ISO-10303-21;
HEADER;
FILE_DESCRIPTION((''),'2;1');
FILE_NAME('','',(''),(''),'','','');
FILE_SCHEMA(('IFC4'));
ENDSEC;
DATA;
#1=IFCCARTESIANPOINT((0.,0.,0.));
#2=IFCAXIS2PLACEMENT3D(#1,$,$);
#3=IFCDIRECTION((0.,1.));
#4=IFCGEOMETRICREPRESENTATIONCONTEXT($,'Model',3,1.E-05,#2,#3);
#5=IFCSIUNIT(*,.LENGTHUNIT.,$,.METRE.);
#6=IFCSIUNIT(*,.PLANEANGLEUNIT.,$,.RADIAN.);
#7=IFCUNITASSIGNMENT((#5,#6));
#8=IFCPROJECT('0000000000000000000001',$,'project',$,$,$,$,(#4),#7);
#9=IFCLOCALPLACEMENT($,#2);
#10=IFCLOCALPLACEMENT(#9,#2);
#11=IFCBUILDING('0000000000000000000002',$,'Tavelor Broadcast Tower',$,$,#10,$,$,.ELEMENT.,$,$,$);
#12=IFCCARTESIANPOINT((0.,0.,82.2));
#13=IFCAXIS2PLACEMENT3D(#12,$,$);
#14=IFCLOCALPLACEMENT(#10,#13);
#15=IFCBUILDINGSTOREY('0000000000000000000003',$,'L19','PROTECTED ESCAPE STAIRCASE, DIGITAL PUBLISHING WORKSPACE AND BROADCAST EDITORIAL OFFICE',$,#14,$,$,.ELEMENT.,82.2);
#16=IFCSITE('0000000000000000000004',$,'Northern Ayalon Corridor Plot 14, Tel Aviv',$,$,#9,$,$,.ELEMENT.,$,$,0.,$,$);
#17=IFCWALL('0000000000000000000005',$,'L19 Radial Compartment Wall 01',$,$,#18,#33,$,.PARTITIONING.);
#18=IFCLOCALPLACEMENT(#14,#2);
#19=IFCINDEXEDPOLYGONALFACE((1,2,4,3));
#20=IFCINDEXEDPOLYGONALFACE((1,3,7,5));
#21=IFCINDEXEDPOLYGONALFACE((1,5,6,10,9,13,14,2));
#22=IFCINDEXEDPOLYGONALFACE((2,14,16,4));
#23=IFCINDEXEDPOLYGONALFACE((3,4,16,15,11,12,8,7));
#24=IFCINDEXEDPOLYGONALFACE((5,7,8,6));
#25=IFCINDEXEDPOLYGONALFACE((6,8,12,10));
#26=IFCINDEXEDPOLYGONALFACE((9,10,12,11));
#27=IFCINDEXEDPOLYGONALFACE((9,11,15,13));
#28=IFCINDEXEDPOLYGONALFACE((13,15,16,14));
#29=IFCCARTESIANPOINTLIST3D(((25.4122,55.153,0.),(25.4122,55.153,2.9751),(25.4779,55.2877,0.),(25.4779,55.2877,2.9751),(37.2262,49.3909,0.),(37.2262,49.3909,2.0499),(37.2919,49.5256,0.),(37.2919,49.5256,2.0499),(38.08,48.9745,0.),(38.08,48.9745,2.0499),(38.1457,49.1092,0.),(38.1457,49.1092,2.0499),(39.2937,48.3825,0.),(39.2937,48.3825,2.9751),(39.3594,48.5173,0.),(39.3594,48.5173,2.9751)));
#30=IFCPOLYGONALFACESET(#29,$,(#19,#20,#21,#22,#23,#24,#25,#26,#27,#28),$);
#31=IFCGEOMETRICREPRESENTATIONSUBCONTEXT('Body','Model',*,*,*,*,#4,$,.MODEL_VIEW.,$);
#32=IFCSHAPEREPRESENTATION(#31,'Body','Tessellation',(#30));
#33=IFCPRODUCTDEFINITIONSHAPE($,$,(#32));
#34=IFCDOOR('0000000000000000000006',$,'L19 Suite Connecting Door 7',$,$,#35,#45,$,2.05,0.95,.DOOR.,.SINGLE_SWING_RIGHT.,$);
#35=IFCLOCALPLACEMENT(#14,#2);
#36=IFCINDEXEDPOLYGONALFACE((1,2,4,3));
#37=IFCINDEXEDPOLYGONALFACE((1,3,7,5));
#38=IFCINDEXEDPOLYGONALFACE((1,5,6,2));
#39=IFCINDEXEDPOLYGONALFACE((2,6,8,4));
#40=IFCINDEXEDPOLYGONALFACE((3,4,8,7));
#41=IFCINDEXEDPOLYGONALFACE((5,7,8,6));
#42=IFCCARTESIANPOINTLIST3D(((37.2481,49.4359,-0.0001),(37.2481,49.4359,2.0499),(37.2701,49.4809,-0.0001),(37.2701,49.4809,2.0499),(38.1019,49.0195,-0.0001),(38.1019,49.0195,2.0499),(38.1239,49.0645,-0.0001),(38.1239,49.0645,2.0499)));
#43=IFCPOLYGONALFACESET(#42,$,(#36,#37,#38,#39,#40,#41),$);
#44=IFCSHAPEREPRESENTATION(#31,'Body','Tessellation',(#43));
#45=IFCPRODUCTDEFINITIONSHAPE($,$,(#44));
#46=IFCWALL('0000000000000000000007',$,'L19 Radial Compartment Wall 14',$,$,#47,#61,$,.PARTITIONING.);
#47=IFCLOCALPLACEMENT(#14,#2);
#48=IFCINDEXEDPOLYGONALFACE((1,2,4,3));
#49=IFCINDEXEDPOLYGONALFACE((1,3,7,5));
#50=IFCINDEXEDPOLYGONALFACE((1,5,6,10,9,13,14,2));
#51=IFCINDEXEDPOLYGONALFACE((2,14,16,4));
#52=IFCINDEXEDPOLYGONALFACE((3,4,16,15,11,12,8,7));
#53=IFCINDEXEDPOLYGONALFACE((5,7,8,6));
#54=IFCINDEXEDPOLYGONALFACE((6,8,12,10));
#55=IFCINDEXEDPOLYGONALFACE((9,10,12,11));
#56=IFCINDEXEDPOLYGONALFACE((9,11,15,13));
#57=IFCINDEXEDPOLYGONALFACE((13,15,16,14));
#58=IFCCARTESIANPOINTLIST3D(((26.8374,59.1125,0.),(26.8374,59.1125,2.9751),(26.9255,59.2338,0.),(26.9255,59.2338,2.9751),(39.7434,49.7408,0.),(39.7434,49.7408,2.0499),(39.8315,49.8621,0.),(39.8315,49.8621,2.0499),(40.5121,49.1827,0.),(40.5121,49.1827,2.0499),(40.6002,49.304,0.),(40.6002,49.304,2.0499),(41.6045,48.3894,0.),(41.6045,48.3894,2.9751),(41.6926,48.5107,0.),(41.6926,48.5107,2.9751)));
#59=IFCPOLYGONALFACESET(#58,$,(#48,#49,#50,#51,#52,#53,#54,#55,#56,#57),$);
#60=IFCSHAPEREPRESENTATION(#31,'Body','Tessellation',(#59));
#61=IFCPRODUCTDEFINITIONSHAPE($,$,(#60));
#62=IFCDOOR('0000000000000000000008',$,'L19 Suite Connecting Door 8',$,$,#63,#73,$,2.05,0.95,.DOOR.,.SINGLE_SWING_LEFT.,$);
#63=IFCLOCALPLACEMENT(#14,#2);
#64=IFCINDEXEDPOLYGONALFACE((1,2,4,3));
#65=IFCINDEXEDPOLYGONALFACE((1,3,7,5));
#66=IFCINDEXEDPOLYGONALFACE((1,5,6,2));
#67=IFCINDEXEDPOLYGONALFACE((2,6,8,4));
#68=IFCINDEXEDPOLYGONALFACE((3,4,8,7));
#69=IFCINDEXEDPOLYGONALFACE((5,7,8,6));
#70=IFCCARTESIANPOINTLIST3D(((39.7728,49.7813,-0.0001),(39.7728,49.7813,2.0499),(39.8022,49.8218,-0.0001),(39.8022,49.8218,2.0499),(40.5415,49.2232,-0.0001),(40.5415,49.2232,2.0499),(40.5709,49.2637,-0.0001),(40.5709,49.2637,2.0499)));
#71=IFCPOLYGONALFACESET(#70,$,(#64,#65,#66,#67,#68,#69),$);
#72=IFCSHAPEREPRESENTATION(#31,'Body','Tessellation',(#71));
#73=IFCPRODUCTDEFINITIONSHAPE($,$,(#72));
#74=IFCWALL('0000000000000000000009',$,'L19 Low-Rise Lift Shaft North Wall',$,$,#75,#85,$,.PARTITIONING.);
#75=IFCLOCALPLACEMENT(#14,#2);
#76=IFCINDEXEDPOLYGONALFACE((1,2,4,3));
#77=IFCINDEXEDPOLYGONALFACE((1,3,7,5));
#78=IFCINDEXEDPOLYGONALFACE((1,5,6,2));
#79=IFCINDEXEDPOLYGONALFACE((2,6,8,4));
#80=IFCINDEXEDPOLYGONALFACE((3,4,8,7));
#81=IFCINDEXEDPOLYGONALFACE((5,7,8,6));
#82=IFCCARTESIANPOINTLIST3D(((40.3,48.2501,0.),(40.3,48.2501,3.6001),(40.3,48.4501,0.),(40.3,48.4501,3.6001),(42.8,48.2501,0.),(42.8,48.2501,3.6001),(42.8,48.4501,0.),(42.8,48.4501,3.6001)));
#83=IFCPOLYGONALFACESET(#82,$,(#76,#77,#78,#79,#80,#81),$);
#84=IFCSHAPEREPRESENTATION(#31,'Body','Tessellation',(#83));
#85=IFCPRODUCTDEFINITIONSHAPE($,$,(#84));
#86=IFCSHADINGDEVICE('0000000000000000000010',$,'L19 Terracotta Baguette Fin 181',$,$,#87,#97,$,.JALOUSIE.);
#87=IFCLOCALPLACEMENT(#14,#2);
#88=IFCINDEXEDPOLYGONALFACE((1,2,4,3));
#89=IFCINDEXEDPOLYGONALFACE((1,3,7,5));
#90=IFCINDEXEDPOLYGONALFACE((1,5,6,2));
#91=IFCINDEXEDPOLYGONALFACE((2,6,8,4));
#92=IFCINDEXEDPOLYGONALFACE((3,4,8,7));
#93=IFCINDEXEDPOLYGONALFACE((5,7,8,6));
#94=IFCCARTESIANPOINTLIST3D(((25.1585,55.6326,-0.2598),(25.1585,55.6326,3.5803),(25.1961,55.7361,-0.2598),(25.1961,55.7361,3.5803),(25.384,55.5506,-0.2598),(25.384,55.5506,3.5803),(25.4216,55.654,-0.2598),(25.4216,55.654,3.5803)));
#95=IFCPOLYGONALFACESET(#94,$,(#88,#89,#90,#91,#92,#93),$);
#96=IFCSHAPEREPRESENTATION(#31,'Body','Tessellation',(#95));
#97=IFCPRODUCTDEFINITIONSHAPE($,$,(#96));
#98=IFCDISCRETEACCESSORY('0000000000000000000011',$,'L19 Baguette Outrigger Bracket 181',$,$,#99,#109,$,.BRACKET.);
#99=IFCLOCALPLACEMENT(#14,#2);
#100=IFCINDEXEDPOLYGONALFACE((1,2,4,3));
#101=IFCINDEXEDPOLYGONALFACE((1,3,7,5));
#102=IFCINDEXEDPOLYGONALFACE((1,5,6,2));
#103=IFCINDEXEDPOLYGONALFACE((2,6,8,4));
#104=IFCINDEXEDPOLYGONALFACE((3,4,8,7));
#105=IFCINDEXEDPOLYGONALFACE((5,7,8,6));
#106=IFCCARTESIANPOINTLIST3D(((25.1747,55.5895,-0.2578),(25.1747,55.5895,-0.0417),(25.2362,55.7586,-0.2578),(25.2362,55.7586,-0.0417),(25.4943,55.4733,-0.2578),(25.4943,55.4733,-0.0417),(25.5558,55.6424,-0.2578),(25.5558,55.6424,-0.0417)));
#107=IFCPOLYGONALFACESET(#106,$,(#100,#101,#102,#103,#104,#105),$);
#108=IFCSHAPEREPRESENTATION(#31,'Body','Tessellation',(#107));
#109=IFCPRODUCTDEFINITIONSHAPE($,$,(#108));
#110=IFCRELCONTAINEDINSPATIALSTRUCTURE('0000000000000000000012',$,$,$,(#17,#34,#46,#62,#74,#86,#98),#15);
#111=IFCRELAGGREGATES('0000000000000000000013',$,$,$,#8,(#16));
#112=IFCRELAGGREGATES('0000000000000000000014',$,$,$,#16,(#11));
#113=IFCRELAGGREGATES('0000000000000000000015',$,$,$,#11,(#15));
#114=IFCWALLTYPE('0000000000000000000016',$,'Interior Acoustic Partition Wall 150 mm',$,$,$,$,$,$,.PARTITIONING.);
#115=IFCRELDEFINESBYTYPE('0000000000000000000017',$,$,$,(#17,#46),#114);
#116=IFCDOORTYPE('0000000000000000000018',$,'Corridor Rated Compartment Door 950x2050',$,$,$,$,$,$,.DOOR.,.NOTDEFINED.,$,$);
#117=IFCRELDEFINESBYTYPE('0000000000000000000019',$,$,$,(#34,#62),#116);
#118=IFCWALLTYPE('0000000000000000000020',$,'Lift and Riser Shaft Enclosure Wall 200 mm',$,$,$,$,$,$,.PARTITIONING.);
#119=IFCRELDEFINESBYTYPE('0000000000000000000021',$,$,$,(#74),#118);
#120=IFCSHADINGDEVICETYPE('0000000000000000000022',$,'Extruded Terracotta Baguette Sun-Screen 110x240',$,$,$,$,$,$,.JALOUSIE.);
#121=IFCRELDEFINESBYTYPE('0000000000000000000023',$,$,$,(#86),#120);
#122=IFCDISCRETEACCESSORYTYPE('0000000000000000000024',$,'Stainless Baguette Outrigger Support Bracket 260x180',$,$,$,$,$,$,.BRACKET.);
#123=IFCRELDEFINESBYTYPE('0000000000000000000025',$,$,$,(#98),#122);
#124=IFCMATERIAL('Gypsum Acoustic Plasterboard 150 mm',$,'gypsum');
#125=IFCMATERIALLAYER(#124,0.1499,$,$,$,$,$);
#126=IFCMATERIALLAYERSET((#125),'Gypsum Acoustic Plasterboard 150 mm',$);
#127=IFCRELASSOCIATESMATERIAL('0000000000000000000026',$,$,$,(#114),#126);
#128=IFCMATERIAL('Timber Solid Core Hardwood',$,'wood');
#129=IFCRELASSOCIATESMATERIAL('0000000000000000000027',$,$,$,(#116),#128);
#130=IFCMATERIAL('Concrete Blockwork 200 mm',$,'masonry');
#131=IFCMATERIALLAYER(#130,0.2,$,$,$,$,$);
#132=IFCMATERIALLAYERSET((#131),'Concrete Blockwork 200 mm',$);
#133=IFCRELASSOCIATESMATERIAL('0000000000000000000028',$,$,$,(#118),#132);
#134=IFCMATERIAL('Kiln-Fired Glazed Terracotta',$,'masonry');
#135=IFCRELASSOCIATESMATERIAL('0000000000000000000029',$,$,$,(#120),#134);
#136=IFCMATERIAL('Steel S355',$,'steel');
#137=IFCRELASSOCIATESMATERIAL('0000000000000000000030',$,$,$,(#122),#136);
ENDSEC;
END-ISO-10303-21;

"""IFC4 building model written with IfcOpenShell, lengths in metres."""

from ifc_helpers import new_model, si_unit, direction, frame, frame_2d, origin, origin_2d, place, context, subcontext, project, spatial, rectangle, extrude, source, transform, mapped, material, layer, layer_set, type_object, type_shapes, element, fill, save


model = new_model("IFC4")

# Units and contexts
model_context = context("Model", 3, precision=1e-05, world=origin(), true_north=direction((0.0, 1.0)))
body_context = subcontext(model_context, "Body", "Model", "MODEL_VIEW")
ifc_project = project(units=[si_unit("LENGTHUNIT", "METRE"), si_unit("PLANEANGLEUNIT", "RADIAN")], contexts=[model_context])

# Site, building, storey
site_placement = place(None, origin())
site = spatial("IfcSite", under=ifc_project, at=site_placement, Name="Northern Ayalon Corridor Plot 14, Tel Aviv", CompositionType="ELEMENT", RefElevation=0.0)
building_placement = place(site_placement, origin())
building = spatial("IfcBuilding", under=site, at=building_placement, Name="Tavelor Broadcast Tower", CompositionType="ELEMENT")
storey_placement = place(building_placement, frame((0.0, 0.0, 82.2)))
storey = spatial("IfcBuildingStorey", under=building, at=storey_placement, Name="L19", Description="PROTECTED ESCAPE STAIRCASE, DIGITAL PUBLISHING WORKSPACE AND BROADCAST EDITORIAL OFFICE", CompositionType="ELEMENT", Elevation=82.2)

# Shared definitions
ifc_material_1 = material(Name="Steel S355", Category="steel")

# Walls, openings, doors
ifc_material_2 = material(Name="Gypsum Acoustic Plasterboard 150 mm", Category="gypsum")
ifc_layer_1 = layer(ifc_material_2, 0.1499)
ifc_layer_set_1 = layer_set([ifc_layer_1], Name="Gypsum Acoustic Plasterboard 150 mm")
wall_type_1 = type_object("IfcWallType", Name="Interior Acoustic Partition Wall 150 mm", PredefinedType="PARTITIONING", material=ifc_layer_set_1)
wall_1_placement = place(storey_placement, frame((39.3264, 48.45, 0.0), z_axis=(0.0, 0.0, 1.0), x_axis=(-0.898794, 0.438371, 0.0)))
wall_1 = element("IfcWall", 1, at=wall_1_placement, inside=storey, type_object=wall_type_1, Name="L19 Radial Compartment Wall 01", PredefinedType="PARTITIONING", context=body_context, shape_type="SweptSolid", body=[
    extrude(rectangle(XDim=15.4446, YDim=0.1499, at=frame_2d((7.7222, 0.0))), origin(), (0.0, 0.0, 1.0), 2.9751),
])
opening_1_placement = place(wall_1_placement, frame((1.3501, 0.0, 0.0)))
opening_1 = element("IfcOpeningElement", 2, at=opening_1_placement, cuts=wall_1, PredefinedType="OPENING", context=body_context, shape_type="SweptSolid", body=[
    extrude(rectangle(XDim=0.95, YDim=2.05, at=frame_2d((0.4751, 1.0249))), frame((0.0, 0.085, 0.0), z_axis=(0.0, -1.0, 0.0), x_axis=(1.0, 0.0, 0.0)), (0.0, 0.0, 1.0), 0.1699),
])
ifc_material_3 = material(Name="Timber Solid Core Hardwood", Category="wood")
door_type_1 = type_object("IfcDoorType", Name="Corridor Rated Compartment Door 950x2050", OperationType="NOTDEFINED", PredefinedType="DOOR", material=ifc_material_3)
door_1_placement = place(opening_1_placement, origin())
door_1 = element("IfcDoor", 3, at=door_1_placement, inside=storey, type_object=door_type_1, Name="L19 Suite Connecting Door 7", OperationType="SINGLE_SWING_RIGHT", OverallHeight=2.05, OverallWidth=0.95, PredefinedType="DOOR", context=body_context, shape_type="SweptSolid", body=[
    extrude(rectangle(XDim=0.95, YDim=2.05, at=frame_2d((0.4751, 1.0249))), frame((0.0, 0.0249, 0.0), z_axis=(0.0, -1.0, 0.0), x_axis=(1.0, 0.0, 0.0)), (0.0, 0.0, 1.0), 0.05),
])
fill(opening_1, door_1)
wall_2_placement = place(storey_placement, frame((41.6487, 48.45, 0.0), z_axis=(0.0, 0.0, 1.0), x_axis=(-0.809167, 0.587578, 0.0)))
wall_2 = element("IfcWall", 4, at=wall_2_placement, inside=storey, type_object=wall_type_1, Name="L19 Radial Compartment Wall 14", PredefinedType="PARTITIONING", context=body_context, shape_type="SweptSolid", body=[
    extrude(rectangle(XDim=18.2498, YDim=0.1499, at=frame_2d((9.125, 0.0))), origin(), (0.0, 0.0, 1.0), 2.9751),
])
opening_2_placement = place(wall_2_placement, frame((1.3501, 0.0, 0.0)))
opening_2 = element("IfcOpeningElement", 5, at=opening_2_placement, cuts=wall_2, PredefinedType="OPENING", context=body_context, shape_type="SweptSolid", body=[
    extrude(rectangle(XDim=0.95, YDim=2.05, at=frame_2d((0.4751, 1.0249))), frame((0.0, 0.085, 0.0), z_axis=(0.0, -1.0, 0.0), x_axis=(1.0, 0.0, 0.0)), (0.0, 0.0, 1.0), 0.1699),
])
door_2_placement = place(opening_2_placement, origin())
door_2 = element("IfcDoor", 6, at=door_2_placement, inside=storey, type_object=door_type_1, Name="L19 Suite Connecting Door 8", OperationType="SINGLE_SWING_LEFT", OverallHeight=2.05, OverallWidth=0.95, PredefinedType="DOOR", context=body_context, shape_type="SweptSolid", body=[
    extrude(rectangle(XDim=0.95, YDim=2.05, at=frame_2d((0.4751, 1.0249))), frame((0.0, 0.0249, 0.0), z_axis=(0.0, -1.0, 0.0), x_axis=(1.0, 0.0, 0.0)), (0.0, 0.0, 1.0), 0.05),
])
fill(opening_2, door_2)

# Wall
ifc_material_4 = material(Name="Concrete Blockwork 200 mm", Category="masonry")
ifc_layer_2 = layer(ifc_material_4, 0.2)
ifc_layer_set_2 = layer_set([ifc_layer_2], Name="Concrete Blockwork 200 mm")
wall_type_2 = type_object("IfcWallType", Name="Lift and Riser Shaft Enclosure Wall 200 mm", PredefinedType="PARTITIONING", material=ifc_layer_set_2)
wall_3_placement = place(storey_placement, frame((40.3, 48.3501, 0.0), z_axis=(0.0, 0.0, 1.0), x_axis=(1.0, 0.0, 0.0)))
element("IfcWall", 7, at=wall_3_placement, inside=storey, type_object=wall_type_2, Name="L19 Low-Rise Lift Shaft North Wall", PredefinedType="PARTITIONING", context=body_context, shape_type="SweptSolid", body=[
    extrude(rectangle(XDim=2.5, YDim=0.2, at=frame_2d((1.25, 0.0))), origin(), (0.0, 0.0, 1.0), 3.6001),
])

# Shading device
ifc_material_5 = material(Name="Kiln-Fired Glazed Terracotta", Category="masonry")
shading_device_type = type_object("IfcShadingDeviceType", Name="Extruded Terracotta Baguette Sun-Screen 110x240", PredefinedType="JALOUSIE", material=ifc_material_5)
shared_shape_1 = source(origin(), body_context, "Body", "SweptSolid", [
    extrude(rectangle(XDim=0.1101, YDim=0.24, at=origin_2d()), origin(), (0.0, 0.0, 1.0), 3.8401),
])
type_shapes(shading_device_type, [shared_shape_1])
shading_device_placement = place(storey_placement, frame((25.29, 55.6433, -0.2598), z_axis=(0.0, 0.0, 1.0), x_axis=(-0.341692, -0.939812, 0.0)))
element("IfcShadingDevice", 8, at=shading_device_placement, inside=storey, type_object=shading_device_type, Name="L19 Terracotta Baguette Fin 181", PredefinedType="JALOUSIE", context=body_context, shape_type="MappedRepresentation", body=[
    mapped(shared_shape_1, transform((0.0, 0.0, 0.0), scale=1.0)),
])

# Discrete accessory
discrete_accessory_type = type_object("IfcDiscreteAccessoryType", Name="Stainless Baguette Outrigger Support Bracket 260x180", PredefinedType="BRACKET", material=ifc_material_1)
shared_shape_2 = source(origin(), body_context, "Body", "SweptSolid", [
    extrude(rectangle(XDim=0.1799, YDim=0.3401, at=origin_2d()), origin(), (0.0, 0.0, 1.0), 0.2161),
])
type_shapes(discrete_accessory_type, [shared_shape_2])
discrete_accessory_placement = place(storey_placement, frame((25.3652, 55.616, -0.2578), z_axis=(0.0, 0.0, 1.0), x_axis=(-0.341692, -0.939812, 0.0)))
element("IfcDiscreteAccessory", 9, at=discrete_accessory_placement, inside=storey, type_object=discrete_accessory_type, Name="L19 Baguette Outrigger Bracket 181", PredefinedType="BRACKET", context=body_context, shape_type="MappedRepresentation", body=[
    mapped(shared_shape_2, transform((0.0, 0.0, 0.0), scale=1.0)),
])

save(model, "model.ifc")
